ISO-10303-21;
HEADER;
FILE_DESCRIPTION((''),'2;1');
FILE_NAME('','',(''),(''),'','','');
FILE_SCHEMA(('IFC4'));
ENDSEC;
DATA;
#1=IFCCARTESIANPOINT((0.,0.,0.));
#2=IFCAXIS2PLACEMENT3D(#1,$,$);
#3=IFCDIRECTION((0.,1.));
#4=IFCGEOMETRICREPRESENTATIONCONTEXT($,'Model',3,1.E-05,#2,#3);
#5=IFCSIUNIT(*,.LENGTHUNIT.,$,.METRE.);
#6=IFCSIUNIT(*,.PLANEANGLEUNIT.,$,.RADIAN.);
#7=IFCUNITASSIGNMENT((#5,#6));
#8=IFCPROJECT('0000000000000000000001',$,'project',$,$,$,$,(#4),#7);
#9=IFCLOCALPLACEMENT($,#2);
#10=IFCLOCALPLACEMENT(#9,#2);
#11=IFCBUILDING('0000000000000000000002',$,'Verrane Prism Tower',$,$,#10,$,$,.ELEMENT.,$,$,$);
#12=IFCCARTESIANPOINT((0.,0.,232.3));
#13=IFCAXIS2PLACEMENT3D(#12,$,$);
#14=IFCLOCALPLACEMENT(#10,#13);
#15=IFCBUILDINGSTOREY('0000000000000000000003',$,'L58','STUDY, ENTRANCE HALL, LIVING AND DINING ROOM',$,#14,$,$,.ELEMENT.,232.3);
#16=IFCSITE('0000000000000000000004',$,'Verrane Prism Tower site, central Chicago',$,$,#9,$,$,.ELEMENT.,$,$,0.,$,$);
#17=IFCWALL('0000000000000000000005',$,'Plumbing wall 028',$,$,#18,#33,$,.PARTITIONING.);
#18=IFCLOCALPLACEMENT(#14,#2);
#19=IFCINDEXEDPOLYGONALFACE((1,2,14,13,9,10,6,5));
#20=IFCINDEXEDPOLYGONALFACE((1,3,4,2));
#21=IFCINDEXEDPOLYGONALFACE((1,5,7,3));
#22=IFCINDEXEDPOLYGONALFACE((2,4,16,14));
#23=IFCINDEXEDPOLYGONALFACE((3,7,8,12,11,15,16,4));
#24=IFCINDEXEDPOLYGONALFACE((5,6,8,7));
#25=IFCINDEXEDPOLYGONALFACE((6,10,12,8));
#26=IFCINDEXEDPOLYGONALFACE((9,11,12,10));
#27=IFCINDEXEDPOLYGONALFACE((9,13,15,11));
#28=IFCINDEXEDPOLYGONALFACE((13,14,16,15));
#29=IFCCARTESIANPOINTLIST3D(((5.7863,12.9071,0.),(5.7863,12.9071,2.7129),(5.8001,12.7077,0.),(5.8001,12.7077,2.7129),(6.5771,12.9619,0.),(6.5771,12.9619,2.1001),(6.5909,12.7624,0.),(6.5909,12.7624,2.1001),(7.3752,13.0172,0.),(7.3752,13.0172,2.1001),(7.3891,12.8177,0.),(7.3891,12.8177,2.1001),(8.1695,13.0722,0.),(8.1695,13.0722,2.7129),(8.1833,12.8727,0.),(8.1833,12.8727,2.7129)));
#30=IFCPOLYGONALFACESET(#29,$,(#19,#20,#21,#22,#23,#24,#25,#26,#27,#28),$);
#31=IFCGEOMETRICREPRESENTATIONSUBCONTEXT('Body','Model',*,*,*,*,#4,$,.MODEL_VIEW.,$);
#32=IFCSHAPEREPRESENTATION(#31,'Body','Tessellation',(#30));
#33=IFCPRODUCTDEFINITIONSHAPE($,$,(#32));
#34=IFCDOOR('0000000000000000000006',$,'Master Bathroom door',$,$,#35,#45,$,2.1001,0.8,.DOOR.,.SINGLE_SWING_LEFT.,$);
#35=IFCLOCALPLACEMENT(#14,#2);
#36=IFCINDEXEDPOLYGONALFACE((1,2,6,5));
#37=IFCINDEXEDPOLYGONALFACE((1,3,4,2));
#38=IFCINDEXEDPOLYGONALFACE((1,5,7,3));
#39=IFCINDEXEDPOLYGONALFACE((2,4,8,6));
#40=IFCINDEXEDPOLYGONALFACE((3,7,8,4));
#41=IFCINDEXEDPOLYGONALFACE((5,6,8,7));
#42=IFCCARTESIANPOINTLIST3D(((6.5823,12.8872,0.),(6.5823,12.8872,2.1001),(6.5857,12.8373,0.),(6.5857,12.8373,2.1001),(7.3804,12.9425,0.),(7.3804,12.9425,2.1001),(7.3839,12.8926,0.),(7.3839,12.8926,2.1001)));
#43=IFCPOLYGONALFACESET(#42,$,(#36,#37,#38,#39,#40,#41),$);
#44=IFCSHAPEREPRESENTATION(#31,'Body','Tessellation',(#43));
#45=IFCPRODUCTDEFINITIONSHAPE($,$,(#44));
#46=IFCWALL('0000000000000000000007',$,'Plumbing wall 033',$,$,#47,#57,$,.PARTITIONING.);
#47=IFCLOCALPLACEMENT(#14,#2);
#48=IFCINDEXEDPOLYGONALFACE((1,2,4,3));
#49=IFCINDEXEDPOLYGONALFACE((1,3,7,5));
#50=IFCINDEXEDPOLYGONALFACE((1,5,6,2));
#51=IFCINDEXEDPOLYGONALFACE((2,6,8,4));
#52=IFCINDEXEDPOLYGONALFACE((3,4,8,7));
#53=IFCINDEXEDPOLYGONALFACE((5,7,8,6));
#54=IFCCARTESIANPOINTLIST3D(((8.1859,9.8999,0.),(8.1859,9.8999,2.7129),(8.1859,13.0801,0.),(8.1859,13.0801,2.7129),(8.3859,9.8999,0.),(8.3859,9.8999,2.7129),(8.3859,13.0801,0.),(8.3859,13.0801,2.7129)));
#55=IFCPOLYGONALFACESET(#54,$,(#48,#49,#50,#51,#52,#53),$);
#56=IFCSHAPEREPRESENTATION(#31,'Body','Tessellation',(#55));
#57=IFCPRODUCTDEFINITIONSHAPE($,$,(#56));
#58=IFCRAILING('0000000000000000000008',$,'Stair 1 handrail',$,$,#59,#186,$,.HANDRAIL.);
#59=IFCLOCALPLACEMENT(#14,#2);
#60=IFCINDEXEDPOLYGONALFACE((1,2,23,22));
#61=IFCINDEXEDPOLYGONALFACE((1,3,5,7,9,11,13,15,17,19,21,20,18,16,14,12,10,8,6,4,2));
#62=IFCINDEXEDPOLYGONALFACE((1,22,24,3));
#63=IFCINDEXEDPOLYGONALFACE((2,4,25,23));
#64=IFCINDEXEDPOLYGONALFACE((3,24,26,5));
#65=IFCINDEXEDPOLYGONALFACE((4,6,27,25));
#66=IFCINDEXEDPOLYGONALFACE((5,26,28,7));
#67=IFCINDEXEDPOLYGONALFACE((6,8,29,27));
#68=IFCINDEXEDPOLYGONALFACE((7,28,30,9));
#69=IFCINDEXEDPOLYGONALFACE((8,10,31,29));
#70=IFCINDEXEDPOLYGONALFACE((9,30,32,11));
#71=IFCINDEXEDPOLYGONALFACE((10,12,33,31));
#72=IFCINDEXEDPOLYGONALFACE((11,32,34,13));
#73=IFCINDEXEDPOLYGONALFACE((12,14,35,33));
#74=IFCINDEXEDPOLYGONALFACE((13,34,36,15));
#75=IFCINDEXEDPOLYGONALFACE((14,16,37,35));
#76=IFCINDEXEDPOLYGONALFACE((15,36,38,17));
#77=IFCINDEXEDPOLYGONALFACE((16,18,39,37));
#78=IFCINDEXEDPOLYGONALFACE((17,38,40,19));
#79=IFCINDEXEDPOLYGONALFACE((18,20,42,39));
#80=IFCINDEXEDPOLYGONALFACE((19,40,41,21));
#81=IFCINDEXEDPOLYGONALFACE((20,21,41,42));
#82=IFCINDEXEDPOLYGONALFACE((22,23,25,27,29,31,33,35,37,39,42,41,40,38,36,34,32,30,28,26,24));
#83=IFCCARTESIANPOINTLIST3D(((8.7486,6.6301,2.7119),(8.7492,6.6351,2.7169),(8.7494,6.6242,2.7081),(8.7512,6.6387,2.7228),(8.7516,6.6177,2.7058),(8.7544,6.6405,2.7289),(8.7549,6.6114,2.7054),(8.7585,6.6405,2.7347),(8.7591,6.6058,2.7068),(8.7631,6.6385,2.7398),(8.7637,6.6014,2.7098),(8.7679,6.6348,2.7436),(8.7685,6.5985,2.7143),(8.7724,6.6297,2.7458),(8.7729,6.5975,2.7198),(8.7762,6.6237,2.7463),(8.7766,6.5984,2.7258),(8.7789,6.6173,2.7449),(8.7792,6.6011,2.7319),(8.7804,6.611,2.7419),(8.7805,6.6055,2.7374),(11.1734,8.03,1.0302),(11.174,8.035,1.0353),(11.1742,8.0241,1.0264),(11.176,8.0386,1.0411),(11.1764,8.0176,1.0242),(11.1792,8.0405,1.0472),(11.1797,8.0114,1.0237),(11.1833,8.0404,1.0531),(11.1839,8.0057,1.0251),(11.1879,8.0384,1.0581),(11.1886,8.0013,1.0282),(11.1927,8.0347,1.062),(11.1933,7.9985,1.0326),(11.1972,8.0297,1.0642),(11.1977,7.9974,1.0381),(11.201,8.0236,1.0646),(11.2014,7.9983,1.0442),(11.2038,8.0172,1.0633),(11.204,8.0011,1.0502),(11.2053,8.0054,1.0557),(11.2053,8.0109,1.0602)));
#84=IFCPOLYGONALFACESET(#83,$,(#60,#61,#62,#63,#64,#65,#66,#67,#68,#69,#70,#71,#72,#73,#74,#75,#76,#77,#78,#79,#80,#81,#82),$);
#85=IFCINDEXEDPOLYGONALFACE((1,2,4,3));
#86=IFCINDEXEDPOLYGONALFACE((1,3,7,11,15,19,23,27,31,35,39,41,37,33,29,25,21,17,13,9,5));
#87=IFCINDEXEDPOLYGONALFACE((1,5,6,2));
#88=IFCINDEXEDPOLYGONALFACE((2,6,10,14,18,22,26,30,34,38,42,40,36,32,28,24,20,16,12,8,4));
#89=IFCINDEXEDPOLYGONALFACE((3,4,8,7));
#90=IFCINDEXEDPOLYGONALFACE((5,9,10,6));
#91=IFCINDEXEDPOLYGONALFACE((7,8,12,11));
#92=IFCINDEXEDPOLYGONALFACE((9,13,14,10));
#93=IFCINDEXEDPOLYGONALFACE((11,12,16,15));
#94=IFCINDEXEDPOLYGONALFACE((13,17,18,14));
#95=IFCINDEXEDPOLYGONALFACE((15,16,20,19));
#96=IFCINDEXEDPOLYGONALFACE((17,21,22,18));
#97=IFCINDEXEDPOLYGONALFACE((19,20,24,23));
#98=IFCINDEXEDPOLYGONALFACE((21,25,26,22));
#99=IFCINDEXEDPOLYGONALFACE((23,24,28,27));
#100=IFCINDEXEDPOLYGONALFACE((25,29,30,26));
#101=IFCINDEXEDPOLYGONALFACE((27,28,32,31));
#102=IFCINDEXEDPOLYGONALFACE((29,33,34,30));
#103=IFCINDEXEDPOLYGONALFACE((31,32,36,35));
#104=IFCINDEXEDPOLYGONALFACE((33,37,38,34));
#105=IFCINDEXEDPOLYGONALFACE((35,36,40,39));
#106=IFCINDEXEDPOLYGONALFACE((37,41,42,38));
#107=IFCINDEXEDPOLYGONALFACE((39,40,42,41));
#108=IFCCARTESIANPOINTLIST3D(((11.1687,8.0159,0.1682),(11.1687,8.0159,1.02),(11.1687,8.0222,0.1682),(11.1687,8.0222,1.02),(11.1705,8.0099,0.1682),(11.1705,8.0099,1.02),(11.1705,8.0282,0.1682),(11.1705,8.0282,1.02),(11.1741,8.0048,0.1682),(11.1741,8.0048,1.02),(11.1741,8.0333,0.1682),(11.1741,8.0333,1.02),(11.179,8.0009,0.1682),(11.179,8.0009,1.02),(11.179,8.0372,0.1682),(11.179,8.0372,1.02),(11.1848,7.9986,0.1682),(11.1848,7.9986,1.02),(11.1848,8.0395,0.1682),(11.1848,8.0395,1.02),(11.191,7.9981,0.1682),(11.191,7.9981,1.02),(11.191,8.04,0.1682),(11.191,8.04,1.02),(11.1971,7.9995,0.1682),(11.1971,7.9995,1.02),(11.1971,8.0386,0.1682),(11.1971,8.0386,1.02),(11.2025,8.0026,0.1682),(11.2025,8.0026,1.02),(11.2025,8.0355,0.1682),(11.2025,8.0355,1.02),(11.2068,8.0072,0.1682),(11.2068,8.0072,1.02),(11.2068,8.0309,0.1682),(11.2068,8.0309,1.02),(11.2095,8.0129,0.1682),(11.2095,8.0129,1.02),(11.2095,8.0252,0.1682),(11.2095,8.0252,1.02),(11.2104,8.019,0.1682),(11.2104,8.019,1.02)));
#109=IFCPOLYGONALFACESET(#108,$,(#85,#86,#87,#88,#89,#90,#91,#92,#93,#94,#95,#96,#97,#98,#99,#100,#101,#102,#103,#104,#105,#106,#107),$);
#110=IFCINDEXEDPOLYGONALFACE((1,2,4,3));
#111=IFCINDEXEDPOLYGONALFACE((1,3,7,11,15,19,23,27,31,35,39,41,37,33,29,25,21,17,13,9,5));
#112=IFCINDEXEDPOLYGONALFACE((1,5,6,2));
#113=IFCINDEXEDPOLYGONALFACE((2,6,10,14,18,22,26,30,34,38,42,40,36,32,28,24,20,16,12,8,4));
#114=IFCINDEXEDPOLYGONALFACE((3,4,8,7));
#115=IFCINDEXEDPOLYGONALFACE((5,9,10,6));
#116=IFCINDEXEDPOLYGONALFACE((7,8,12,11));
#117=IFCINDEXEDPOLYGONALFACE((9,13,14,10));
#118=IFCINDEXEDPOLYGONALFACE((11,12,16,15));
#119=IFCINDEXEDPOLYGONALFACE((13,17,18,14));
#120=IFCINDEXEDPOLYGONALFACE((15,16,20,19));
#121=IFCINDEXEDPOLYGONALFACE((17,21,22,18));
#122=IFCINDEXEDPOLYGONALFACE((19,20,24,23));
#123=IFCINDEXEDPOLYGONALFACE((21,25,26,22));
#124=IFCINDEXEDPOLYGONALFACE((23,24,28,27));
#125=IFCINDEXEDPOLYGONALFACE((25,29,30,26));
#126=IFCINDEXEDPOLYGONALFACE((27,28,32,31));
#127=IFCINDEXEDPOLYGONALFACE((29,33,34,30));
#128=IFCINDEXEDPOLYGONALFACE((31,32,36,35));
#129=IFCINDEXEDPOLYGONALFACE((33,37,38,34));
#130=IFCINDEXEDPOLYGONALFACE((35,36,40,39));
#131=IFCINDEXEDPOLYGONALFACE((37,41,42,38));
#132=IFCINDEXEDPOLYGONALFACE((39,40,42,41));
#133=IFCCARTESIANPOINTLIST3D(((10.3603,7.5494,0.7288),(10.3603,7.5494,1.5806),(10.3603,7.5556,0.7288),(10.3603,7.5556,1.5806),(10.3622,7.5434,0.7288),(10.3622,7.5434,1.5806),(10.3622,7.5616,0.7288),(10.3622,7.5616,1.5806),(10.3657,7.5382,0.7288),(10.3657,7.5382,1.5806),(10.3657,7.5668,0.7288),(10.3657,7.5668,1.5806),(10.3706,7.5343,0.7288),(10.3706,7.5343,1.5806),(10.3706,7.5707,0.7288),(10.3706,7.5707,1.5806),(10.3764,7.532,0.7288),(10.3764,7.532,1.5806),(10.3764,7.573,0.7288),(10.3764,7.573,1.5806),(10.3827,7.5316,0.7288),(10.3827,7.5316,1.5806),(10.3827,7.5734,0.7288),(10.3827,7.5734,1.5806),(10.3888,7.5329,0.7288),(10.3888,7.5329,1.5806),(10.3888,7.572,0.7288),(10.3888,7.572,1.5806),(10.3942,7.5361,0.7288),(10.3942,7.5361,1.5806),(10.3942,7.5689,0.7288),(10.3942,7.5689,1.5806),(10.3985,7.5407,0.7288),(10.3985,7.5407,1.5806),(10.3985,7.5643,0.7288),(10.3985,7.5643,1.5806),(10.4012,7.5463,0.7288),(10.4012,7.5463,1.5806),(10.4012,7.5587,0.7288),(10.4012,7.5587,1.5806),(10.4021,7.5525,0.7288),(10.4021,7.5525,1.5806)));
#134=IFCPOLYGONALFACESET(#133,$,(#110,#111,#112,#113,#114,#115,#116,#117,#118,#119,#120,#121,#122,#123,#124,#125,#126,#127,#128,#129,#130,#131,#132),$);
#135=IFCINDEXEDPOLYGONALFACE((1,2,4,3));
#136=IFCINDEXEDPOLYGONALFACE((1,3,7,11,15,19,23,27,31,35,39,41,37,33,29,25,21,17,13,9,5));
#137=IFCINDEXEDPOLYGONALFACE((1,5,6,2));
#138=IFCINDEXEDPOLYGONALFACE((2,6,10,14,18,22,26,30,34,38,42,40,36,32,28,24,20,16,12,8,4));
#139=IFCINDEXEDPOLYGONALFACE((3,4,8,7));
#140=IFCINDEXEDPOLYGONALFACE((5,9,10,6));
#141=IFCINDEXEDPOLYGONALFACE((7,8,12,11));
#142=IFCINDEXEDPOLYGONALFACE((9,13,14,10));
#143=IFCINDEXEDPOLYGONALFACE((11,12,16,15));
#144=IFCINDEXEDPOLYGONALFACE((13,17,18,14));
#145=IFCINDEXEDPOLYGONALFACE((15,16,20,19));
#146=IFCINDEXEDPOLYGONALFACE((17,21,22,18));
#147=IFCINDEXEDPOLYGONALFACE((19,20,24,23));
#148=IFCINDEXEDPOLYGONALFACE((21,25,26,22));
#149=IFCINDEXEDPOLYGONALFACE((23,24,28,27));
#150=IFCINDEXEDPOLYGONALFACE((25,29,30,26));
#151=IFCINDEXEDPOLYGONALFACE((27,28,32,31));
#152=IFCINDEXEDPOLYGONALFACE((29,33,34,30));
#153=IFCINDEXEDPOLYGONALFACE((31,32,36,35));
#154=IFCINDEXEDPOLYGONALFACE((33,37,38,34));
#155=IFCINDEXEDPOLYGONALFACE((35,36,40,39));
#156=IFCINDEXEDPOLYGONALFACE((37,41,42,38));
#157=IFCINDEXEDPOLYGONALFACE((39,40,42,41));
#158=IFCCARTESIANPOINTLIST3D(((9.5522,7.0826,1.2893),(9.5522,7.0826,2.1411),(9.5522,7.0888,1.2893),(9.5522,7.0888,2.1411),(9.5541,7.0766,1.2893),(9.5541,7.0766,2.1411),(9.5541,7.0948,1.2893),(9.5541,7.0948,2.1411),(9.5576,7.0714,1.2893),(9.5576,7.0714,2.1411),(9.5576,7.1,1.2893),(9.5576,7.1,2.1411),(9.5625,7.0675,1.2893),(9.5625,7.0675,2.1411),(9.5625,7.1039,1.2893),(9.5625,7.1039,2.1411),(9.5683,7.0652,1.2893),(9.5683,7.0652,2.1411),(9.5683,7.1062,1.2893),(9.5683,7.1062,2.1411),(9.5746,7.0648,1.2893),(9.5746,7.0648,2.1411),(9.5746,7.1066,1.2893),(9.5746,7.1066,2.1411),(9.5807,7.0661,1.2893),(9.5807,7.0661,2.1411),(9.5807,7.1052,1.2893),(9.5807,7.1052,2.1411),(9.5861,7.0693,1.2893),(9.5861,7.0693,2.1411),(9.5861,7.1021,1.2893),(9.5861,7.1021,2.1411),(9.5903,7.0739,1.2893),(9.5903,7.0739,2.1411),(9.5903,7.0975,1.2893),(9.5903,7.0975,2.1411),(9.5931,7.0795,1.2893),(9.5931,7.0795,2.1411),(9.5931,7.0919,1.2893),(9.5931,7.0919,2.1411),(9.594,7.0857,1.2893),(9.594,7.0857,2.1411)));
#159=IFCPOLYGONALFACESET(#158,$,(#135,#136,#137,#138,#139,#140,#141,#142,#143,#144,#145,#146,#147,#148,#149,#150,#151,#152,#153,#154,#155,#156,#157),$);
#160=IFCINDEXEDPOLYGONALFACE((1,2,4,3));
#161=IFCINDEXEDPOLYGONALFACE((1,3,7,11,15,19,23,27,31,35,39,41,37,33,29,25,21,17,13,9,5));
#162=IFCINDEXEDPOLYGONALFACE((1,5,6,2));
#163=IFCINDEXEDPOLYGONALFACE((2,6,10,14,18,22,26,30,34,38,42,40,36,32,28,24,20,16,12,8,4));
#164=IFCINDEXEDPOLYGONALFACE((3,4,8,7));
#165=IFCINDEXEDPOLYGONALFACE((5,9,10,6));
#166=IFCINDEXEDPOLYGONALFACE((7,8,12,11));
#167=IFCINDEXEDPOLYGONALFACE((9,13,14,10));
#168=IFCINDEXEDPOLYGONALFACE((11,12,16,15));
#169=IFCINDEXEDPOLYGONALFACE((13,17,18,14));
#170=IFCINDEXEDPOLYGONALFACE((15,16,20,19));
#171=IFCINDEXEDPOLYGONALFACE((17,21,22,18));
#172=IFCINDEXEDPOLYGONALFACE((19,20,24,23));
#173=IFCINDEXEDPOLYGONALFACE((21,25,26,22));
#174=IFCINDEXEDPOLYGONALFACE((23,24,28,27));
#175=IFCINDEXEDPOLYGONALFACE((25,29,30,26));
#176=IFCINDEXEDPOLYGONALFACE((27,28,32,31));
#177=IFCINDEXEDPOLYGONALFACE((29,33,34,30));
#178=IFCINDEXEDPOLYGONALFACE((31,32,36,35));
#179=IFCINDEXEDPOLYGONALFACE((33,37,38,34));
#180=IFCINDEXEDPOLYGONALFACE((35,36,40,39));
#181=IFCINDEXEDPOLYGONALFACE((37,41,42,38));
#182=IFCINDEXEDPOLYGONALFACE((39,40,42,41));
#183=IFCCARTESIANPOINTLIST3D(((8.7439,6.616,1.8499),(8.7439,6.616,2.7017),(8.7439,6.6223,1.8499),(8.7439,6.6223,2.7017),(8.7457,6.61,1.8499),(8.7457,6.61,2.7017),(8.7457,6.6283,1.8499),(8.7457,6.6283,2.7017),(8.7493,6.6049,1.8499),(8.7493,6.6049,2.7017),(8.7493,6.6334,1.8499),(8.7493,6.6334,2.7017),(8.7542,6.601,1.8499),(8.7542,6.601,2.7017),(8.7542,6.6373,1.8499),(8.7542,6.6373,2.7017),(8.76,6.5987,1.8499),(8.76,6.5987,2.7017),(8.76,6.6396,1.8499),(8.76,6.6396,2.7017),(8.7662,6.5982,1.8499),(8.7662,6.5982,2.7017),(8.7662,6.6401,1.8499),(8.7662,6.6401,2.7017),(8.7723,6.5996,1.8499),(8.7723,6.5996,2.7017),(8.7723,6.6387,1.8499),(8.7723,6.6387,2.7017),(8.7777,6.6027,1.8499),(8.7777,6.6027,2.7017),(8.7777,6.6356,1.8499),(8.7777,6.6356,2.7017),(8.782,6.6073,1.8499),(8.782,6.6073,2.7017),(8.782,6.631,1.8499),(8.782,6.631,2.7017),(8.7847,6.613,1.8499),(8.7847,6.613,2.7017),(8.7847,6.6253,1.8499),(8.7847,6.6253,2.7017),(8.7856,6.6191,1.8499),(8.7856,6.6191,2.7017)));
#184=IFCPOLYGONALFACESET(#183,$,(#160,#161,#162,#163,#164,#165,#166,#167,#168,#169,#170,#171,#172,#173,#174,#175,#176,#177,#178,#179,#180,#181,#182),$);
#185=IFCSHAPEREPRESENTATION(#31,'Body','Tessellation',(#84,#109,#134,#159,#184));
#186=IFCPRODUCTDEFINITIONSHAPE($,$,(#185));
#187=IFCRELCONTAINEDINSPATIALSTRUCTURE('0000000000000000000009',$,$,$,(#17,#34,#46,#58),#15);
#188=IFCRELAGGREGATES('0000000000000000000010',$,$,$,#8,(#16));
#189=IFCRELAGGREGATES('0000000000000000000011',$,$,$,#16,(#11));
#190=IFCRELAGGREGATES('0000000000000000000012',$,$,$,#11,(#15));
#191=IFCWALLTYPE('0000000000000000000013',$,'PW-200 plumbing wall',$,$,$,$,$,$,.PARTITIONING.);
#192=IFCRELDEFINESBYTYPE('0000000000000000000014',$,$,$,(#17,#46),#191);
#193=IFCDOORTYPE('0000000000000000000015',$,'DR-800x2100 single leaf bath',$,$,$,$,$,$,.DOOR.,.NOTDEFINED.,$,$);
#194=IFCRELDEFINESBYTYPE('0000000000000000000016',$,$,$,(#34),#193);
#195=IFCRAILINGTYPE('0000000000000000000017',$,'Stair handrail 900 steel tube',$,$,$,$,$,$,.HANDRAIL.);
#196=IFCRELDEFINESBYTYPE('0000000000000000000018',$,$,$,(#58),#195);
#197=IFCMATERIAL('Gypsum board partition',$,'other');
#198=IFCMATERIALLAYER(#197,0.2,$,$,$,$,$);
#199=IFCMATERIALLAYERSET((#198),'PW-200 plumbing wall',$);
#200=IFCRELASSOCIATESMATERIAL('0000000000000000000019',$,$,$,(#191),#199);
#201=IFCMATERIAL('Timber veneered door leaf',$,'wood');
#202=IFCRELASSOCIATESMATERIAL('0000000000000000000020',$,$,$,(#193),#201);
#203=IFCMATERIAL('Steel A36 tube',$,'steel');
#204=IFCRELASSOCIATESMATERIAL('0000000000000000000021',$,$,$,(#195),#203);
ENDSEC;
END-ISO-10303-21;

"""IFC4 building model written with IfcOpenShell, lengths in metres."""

from ifc_helpers import new_model, si_unit, direction, frame, frame_2d, origin, origin_2d, place, context, subcontext, project, spatial, rectangle, circle, extrude, material, layer, layer_set, type_object, element, fill, save


model = new_model("IFC4")

# Units and contexts
model_context = context("Model", 3, precision=1e-05, world=origin(), true_north=direction((0.0, 1.0)))
body_context = subcontext(model_context, "Body", "Model", "MODEL_VIEW")
ifc_project = project(units=[si_unit("LENGTHUNIT", "METRE"), si_unit("PLANEANGLEUNIT", "RADIAN")], contexts=[model_context])

# Site, building, storey
site_placement = place(None, origin())
site = spatial("IfcSite", under=ifc_project, at=site_placement, Name="Verrane Prism Tower site, central Chicago", CompositionType="ELEMENT", RefElevation=0.0)
building_placement = place(site_placement, origin())
building = spatial("IfcBuilding", under=site, at=building_placement, Name="Verrane Prism Tower", CompositionType="ELEMENT")
storey_placement = place(building_placement, frame((0.0, 0.0, 232.3)))
storey = spatial("IfcBuildingStorey", under=building, at=storey_placement, Name="L58", Description="STUDY, ENTRANCE HALL, LIVING AND DINING ROOM", CompositionType="ELEMENT", Elevation=232.3)

# Shared definitions
ifc_material_1 = material(Name="Gypsum board partition", Category="other")
ifc_layer_1 = layer(ifc_material_1, 0.2)
ifc_layer_set_1 = layer_set([ifc_layer_1], Name="PW-200 plumbing wall")
wall_type_1 = type_object("IfcWallType", Name="PW-200 plumbing wall", PredefinedType="PARTITIONING", material=ifc_layer_set_1)

# Shared definitions
ifc_material_2 = material(Name="Timber veneered door leaf", Category="wood")
door_type_1 = type_object("IfcDoorType", Name="DR-800x2100 single leaf bath", OperationType="NOTDEFINED", PredefinedType="DOOR", material=ifc_material_2)

# Wall, opening, door
wall_1_placement = place(storey_placement, frame((8.1763, 12.9724, 0.0), z_axis=(0.0, 0.0, 1.0), x_axis=(-0.997611, -0.069083, 0.0)))
wall_1 = element("IfcWall", 1, at=wall_1_placement, inside=storey, type_object=wall_type_1, Name="Plumbing wall 028", PredefinedType="PARTITIONING", context=body_context, shape_type="SweptSolid", body=[
    extrude(rectangle(XDim=2.3889, YDim=0.2, at=frame_2d((1.1943, 0.0))), origin(), (0.0, 0.0, 1.0), 2.7129),
])
opening_1_placement = place(wall_1_placement, frame((0.7961, 0.0, 0.0)))
opening_1 = element("IfcOpeningElement", 2, at=opening_1_placement, cuts=wall_1, PredefinedType="OPENING", context=body_context, shape_type="SweptSolid", body=[
    extrude(rectangle(XDim=0.8, YDim=2.1001, at=frame_2d((0.3999, 1.05))), frame((0.0, 0.1099, 0.0), z_axis=(0.0, -1.0, 0.0), x_axis=(1.0, 0.0, 0.0)), (0.0, 0.0, 1.0), 0.22),
])
door_1_placement = place(opening_1_placement, origin())
door_1 = element("IfcDoor", 3, at=door_1_placement, inside=storey, type_object=door_type_1, Name="Master Bathroom door", OperationType="SINGLE_SWING_LEFT", OverallHeight=2.1001, OverallWidth=0.8, PredefinedType="DOOR", context=body_context, shape_type="SweptSolid", body=[
    extrude(rectangle(XDim=0.8, YDim=2.1001, at=frame_2d((0.3999, 1.05))), frame((0.0, 0.0249, 0.0), z_axis=(0.0, -1.0, 0.0), x_axis=(1.0, 0.0, 0.0)), (0.0, 0.0, 1.0), 0.05),
])
fill(opening_1, door_1)

# Wall
wall_2_placement = place(storey_placement, frame((8.2859, 9.8999, 0.0), z_axis=(0.0, 0.0, 1.0), x_axis=(0.0, 1.0, 0.0)))
element("IfcWall", 4, at=wall_2_placement, inside=storey, type_object=wall_type_1, Name="Plumbing wall 033", PredefinedType="PARTITIONING", context=body_context, shape_type="SweptSolid", body=[
    extrude(rectangle(XDim=3.1802, YDim=0.2, at=frame_2d((1.5901, 0.0))), origin(), (0.0, 0.0, 1.0), 2.7129),
])

# Railing
ifc_material_3 = material(Name="Steel A36 tube", Category="steel")
railing_type = type_object("IfcRailingType", Name="Stair handrail 900 steel tube", PredefinedType="HANDRAIL", material=ifc_material_3)
railing_placement = place(storey_placement, frame((11.1895, 8.019, 0.1682)))
element("IfcRailing", 5, at=railing_placement, inside=storey, type_object=railing_type, Name="Stair 1 handrail", PredefinedType="HANDRAIL", context=body_context, shape_type="SweptSolid", body=[
    extrude(circle(Radius=0.0239, at=origin_2d()), frame((0.0, 0.0, 0.876), z_axis=(-0.742419, -0.428618, 0.514879), x_axis=(0.499984, -0.866035, 0.0)), (0.0, 0.0, 1.0), 3.2661),
    extrude(circle(Radius=0.021, at=origin_2d()), origin(), (0.0, 0.0, 1.0), 0.8518),
    extrude(circle(Radius=0.021, at=origin_2d()), frame((-0.8083, -0.4666, 0.5605)), (0.0, 0.0, 1.0), 0.8518),
    extrude(circle(Radius=0.021, at=origin_2d()), frame((-1.6165, -0.9333, 1.1211)), (0.0, 0.0, 1.0), 0.8518),
    extrude(circle(Radius=0.021, at=origin_2d()), frame((-2.4248, -1.3999, 1.6816)), (0.0, 0.0, 1.0), 0.8518),
])

save(model, "model.ifc")
